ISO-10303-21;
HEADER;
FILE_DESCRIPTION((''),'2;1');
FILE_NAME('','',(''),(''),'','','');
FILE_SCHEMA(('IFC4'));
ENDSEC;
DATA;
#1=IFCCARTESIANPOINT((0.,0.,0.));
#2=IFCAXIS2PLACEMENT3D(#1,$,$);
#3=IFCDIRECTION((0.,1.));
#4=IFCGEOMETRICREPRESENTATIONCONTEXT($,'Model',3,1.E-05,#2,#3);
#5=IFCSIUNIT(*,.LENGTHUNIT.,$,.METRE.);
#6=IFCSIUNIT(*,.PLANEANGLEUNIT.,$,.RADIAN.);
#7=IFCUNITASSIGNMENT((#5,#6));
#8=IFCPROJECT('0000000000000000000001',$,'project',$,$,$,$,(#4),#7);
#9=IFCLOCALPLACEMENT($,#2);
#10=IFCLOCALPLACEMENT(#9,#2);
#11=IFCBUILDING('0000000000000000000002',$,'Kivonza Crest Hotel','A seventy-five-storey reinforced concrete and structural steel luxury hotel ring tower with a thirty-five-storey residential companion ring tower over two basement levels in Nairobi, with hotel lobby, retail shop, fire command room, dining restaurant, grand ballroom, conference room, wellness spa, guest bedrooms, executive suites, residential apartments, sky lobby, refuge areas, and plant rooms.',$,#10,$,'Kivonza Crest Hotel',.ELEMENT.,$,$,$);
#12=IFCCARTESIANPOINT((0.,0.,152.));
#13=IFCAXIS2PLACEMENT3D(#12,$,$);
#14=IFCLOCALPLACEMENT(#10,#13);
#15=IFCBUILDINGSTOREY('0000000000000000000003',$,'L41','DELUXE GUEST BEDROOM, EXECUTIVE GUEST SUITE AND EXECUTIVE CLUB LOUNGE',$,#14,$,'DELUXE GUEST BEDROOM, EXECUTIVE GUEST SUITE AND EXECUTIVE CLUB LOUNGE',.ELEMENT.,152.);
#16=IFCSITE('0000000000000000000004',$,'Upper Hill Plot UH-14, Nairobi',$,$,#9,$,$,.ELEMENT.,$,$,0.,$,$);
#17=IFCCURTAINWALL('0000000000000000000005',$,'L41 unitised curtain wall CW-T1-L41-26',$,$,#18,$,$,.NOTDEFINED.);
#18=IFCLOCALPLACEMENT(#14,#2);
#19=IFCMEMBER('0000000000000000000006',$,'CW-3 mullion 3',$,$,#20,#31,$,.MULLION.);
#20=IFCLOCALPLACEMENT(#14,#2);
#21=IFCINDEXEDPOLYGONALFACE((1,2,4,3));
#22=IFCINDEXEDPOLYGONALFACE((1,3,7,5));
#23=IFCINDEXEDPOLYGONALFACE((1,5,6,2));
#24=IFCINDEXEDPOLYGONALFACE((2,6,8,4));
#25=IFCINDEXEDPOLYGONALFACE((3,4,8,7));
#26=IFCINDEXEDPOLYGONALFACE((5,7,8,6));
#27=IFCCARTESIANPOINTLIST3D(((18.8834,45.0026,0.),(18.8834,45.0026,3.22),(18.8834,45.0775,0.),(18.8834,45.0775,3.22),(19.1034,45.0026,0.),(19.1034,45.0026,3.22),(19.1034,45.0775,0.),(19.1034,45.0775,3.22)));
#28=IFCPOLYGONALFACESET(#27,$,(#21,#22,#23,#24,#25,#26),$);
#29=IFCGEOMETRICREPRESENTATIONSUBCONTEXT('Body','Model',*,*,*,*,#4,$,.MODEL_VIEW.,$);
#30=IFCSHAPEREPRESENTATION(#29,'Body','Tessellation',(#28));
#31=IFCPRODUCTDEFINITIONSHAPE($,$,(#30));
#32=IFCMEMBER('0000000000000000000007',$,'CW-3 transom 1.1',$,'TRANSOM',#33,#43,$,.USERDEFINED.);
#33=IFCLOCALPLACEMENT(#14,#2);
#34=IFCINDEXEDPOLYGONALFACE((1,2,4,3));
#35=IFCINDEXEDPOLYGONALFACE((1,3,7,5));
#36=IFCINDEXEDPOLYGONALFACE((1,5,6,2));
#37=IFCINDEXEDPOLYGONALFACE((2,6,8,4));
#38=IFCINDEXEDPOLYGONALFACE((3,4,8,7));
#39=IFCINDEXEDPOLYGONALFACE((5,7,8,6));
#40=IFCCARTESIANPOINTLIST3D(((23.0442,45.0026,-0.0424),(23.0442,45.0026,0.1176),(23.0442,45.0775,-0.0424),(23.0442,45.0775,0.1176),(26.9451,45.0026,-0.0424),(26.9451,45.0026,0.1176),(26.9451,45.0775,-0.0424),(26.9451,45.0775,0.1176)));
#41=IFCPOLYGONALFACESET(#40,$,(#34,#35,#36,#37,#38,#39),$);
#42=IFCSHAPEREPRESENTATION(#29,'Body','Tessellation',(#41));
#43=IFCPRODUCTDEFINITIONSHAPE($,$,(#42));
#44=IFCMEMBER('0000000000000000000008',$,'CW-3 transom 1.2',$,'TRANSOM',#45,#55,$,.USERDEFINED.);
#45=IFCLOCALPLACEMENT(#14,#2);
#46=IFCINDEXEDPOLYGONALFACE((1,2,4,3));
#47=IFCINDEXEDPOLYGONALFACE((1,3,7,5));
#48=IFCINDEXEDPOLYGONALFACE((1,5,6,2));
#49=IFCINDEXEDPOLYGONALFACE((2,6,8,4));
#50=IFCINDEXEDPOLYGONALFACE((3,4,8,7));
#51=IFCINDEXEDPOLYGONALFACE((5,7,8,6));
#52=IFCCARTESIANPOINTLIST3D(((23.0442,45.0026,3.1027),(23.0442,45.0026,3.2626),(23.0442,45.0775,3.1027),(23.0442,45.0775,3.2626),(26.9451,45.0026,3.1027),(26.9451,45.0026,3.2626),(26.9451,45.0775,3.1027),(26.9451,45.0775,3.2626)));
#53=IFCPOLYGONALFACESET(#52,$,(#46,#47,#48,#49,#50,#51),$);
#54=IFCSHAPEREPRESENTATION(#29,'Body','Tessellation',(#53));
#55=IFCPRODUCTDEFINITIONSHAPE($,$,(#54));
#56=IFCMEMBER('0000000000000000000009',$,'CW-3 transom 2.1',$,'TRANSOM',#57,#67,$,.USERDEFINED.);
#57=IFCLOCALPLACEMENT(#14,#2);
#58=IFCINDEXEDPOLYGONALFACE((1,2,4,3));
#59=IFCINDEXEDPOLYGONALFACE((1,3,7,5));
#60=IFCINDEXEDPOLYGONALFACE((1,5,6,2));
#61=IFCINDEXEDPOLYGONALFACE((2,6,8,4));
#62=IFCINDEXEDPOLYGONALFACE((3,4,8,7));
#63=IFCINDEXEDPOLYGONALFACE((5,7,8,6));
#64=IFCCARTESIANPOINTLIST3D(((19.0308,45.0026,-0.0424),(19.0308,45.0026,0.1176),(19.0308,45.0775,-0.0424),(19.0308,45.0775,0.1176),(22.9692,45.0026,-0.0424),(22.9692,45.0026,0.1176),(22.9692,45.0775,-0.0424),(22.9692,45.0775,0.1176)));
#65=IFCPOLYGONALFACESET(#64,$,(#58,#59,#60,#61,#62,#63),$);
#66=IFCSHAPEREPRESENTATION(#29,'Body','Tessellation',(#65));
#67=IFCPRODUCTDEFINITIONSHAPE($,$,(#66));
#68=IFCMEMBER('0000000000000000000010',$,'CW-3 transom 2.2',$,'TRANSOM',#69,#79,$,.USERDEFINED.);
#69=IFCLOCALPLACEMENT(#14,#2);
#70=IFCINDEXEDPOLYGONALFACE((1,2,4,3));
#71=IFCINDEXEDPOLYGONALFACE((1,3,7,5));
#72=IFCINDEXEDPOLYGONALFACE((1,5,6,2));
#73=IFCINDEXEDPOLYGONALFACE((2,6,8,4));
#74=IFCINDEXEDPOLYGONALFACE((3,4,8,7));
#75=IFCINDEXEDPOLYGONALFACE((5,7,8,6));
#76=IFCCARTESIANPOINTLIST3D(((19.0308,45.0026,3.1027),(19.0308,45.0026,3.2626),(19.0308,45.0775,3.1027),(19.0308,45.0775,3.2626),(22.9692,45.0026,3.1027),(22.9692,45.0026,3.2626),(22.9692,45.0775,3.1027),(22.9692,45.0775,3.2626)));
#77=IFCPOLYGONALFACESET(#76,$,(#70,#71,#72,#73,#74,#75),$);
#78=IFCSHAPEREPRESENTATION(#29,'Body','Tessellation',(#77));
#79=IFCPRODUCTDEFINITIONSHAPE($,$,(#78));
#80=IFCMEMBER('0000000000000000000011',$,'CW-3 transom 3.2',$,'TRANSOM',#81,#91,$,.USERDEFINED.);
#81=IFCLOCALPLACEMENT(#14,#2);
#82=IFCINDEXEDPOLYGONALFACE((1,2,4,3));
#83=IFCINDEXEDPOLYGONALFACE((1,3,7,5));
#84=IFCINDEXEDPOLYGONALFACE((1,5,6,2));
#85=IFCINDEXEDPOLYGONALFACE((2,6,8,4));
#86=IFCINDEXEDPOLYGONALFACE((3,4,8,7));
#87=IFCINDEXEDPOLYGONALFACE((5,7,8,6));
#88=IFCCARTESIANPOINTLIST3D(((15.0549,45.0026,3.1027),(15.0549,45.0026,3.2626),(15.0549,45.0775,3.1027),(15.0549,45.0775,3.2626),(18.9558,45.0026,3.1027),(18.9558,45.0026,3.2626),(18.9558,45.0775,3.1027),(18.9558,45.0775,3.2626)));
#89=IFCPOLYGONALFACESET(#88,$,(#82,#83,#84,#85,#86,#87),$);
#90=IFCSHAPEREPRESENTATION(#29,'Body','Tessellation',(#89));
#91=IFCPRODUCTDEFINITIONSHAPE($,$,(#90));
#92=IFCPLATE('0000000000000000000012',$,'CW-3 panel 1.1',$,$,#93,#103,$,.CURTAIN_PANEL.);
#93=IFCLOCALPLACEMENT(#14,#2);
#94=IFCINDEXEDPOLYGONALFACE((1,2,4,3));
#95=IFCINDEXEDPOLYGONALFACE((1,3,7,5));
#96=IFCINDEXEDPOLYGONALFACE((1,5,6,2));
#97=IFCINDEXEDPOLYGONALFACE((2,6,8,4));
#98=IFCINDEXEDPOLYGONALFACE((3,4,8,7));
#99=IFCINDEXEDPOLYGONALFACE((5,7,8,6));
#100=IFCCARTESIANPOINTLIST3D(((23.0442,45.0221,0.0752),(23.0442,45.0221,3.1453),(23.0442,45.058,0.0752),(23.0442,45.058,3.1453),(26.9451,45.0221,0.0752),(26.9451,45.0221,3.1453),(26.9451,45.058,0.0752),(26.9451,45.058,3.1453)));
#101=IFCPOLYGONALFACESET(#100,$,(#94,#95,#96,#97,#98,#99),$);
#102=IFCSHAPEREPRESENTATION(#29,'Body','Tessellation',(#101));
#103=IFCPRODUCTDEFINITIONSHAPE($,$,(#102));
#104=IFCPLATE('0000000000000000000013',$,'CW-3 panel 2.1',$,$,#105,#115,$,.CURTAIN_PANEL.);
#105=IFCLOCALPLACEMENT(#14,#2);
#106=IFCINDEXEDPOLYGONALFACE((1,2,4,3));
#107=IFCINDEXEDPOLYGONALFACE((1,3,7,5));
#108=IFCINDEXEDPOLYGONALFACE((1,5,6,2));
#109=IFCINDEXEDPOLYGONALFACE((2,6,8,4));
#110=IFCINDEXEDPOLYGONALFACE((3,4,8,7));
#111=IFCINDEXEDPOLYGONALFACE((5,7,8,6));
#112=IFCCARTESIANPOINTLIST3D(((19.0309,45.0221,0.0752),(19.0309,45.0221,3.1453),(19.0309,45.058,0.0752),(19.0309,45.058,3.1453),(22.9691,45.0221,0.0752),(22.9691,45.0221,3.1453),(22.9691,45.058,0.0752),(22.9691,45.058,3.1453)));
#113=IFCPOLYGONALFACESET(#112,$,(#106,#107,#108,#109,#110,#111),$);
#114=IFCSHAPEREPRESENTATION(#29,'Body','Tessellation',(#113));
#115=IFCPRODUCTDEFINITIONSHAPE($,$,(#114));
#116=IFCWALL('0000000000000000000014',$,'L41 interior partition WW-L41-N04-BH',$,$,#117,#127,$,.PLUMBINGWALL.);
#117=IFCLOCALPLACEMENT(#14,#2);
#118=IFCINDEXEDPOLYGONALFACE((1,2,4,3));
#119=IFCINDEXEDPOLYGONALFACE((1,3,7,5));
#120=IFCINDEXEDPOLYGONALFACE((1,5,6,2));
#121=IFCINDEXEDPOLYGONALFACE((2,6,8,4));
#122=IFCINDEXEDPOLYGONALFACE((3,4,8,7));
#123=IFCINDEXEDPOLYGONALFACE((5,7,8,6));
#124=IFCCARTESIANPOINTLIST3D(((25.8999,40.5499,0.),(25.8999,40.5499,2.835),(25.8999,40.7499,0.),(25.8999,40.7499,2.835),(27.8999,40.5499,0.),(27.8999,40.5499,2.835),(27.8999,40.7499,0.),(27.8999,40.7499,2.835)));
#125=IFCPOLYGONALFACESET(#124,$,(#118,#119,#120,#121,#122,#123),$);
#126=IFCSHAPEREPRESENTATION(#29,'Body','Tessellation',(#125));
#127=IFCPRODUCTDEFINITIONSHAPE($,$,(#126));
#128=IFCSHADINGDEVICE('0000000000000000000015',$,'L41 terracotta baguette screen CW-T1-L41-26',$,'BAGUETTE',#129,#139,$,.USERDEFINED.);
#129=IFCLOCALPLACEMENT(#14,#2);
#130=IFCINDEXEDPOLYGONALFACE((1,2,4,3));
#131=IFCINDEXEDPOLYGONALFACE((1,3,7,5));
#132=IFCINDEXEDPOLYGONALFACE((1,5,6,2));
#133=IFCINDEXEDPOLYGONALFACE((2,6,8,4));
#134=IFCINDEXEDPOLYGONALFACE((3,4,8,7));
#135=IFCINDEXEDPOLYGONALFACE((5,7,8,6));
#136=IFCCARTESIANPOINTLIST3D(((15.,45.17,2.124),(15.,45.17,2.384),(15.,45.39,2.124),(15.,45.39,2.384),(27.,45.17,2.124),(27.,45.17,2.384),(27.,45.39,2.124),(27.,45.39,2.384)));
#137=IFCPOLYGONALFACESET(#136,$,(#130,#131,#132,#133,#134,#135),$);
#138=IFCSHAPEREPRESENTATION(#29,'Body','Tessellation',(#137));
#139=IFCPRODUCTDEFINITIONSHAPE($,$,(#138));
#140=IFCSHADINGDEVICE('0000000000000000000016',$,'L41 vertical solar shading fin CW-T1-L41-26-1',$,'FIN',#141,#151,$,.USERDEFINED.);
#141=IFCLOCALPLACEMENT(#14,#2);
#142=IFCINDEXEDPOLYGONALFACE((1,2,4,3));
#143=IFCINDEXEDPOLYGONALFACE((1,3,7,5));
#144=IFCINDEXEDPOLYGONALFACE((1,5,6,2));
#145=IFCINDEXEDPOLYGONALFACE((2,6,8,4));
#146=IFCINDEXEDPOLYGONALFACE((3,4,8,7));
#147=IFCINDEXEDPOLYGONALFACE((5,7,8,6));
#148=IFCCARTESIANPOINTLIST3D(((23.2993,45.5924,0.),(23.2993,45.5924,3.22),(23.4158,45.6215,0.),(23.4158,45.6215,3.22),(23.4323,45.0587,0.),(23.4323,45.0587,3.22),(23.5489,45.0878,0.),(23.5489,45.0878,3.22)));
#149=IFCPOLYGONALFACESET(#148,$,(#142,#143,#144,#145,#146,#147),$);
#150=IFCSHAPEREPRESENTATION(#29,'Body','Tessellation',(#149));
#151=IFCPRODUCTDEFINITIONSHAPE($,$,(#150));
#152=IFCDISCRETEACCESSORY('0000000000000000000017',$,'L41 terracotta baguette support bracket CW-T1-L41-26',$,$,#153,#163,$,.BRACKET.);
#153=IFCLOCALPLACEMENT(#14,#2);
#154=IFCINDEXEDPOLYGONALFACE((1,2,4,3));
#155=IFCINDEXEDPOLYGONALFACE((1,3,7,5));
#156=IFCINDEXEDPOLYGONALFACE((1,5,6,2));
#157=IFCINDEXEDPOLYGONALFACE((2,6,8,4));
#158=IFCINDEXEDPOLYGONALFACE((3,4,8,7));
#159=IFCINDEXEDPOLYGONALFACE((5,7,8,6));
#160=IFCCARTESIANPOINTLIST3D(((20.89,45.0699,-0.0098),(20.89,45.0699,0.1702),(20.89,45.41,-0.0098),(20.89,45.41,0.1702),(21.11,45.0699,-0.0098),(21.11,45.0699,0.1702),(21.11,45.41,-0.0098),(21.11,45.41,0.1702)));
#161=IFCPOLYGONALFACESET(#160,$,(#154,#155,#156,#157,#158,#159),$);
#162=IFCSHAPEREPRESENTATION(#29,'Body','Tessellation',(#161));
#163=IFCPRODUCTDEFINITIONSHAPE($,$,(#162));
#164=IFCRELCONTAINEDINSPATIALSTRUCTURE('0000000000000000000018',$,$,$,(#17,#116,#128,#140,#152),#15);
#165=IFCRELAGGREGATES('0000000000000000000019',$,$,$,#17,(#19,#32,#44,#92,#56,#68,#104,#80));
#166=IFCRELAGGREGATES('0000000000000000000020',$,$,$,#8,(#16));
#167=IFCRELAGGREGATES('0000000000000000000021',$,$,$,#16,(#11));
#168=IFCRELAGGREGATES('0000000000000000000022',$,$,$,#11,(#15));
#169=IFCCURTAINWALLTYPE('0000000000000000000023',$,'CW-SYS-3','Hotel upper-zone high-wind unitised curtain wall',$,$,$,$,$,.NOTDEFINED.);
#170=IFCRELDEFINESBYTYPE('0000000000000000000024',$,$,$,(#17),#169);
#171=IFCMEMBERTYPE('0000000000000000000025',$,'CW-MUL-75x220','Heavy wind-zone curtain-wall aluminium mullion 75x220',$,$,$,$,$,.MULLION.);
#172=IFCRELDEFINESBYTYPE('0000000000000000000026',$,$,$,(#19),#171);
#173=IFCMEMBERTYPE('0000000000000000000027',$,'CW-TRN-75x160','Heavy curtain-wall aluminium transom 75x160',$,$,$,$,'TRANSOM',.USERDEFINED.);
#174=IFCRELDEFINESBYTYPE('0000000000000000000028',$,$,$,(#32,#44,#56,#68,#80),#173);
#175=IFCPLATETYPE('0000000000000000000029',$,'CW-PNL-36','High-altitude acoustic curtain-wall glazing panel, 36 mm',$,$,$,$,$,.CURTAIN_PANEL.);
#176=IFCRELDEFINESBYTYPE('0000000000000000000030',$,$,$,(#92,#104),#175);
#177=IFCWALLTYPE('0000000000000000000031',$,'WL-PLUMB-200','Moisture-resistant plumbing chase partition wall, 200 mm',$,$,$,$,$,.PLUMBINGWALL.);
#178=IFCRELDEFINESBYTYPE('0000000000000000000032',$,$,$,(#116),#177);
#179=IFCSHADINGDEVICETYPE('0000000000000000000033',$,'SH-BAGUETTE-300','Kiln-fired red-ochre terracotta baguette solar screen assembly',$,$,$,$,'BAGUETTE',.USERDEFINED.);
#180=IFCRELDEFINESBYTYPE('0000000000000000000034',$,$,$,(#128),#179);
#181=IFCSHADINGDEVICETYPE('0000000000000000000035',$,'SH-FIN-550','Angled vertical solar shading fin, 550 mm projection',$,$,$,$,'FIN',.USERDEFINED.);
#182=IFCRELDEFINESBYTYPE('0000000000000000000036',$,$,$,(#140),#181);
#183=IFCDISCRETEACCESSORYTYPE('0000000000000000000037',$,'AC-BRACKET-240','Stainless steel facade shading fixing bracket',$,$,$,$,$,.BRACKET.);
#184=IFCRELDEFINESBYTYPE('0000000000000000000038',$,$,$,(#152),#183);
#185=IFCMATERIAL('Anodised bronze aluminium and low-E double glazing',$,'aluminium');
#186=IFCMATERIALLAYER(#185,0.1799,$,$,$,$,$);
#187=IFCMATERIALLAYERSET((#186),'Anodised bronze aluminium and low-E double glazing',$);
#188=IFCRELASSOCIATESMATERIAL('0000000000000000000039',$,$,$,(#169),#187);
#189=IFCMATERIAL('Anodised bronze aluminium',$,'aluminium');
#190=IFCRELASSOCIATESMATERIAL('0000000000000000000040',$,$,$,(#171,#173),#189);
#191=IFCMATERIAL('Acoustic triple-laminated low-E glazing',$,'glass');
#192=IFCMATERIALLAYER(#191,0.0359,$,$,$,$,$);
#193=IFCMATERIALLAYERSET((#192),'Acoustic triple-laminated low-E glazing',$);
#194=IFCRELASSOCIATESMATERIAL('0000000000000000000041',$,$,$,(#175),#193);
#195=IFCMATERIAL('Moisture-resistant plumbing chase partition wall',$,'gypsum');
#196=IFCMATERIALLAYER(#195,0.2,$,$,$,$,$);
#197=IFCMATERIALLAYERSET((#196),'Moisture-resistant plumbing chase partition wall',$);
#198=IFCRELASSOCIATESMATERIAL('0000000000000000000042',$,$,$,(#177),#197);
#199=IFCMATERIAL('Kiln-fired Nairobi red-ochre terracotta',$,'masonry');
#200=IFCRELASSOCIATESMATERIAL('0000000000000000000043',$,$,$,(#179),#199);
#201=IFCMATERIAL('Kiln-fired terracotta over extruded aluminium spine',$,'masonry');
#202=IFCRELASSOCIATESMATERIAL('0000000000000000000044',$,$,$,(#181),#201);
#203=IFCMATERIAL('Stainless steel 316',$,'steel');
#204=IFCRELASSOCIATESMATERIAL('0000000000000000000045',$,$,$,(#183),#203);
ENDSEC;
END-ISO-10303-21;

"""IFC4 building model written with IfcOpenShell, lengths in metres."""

from ifc_helpers import new_model, si_unit, direction, frame, frame_2d, origin, origin_2d, place, context, subcontext, project, spatial, rectangle, extrude, material, layer, layer_set, material_profile, profile_set, type_object, element, aggregate, save


model = new_model("IFC4")

# Units and contexts
model_context = context("Model", 3, precision=1e-05, world=origin(), true_north=direction((0.0, 1.0)))
body_context = subcontext(model_context, "Body", "Model", "MODEL_VIEW")
ifc_project = project(units=[si_unit("LENGTHUNIT", "METRE"), si_unit("PLANEANGLEUNIT", "RADIAN")], contexts=[model_context])

# Site, building, storey
site_placement = place(None, origin())
site = spatial("IfcSite", under=ifc_project, at=site_placement, Name="Upper Hill Plot UH-14, Nairobi", CompositionType="ELEMENT", RefElevation=0.0)
building_placement = place(site_placement, origin())
building = spatial("IfcBuilding", under=site, at=building_placement, Name="Kivonza Crest Hotel", Description="A seventy-five-storey reinforced concrete and structural steel luxury hotel ring tower with a thirty-five-storey residential companion ring tower over two basement levels in Nairobi, with hotel lobby, retail shop, fire command room, dining restaurant, grand ballroom, conference room, wellness spa, guest bedrooms, executive suites, residential apartments, sky lobby, refuge areas, and plant rooms.", LongName="Kivonza Crest Hotel", CompositionType="ELEMENT")
storey_placement = place(building_placement, frame((0.0, 0.0, 152.0)))
storey = spatial("IfcBuildingStorey", under=building, at=storey_placement, Name="L41", Description="DELUXE GUEST BEDROOM, EXECUTIVE GUEST SUITE AND EXECUTIVE CLUB LOUNGE", LongName="DELUXE GUEST BEDROOM, EXECUTIVE GUEST SUITE AND EXECUTIVE CLUB LOUNGE", CompositionType="ELEMENT", Elevation=152.0)

# Curtain wall, members, plates
ifc_material_1 = material(Name="Anodised bronze aluminium and low-E double glazing", Category="aluminium")
ifc_layer_1 = layer(ifc_material_1, 0.1799)
ifc_layer_set_1 = layer_set([ifc_layer_1], Name="Anodised bronze aluminium and low-E double glazing")
curtain_wall_type = type_object("IfcCurtainWallType", Name="CW-SYS-3", Description="Hotel upper-zone high-wind unitised curtain wall", PredefinedType="NOTDEFINED", material=ifc_layer_set_1)
curtain_wall_placement = place(storey_placement, origin())
curtain_wall = element("IfcCurtainWall", 1, at=curtain_wall_placement, inside=storey, type_object=curtain_wall_type, Name="L41 unitised curtain wall CW-T1-L41-26", PredefinedType="NOTDEFINED")
ifc_material_2 = material(Name="Anodised bronze aluminium", Category="aluminium")
ifc_material_profile_1 = material_profile(ifc_material_2, rectangle(XDim=0.075, YDim=0.22, at=origin_2d()), Name="CW-M 75x220")
ifc_profile_set_1 = profile_set([ifc_material_profile_1], Name="Anodised bronze aluminium")
member_type_1 = type_object("IfcMemberType", Name="CW-MUL-75x220", Description="Heavy wind-zone curtain-wall aluminium mullion 75x220", PredefinedType="MULLION", material=ifc_profile_set_1)
member_1_placement = place(storey_placement, frame((18.9934, 45.04, 0.0), z_axis=(0.0, 0.0, 1.0), x_axis=(0.0, -1.0, 0.0)))
member_1 = element("IfcMember", 2, at=member_1_placement, type_object=member_type_1, Name="CW-3 mullion 3", PredefinedType="MULLION", context=body_context, shape_type="SweptSolid", body=[
    extrude(rectangle(XDim=0.075, YDim=0.22, at=origin_2d()), origin(), (0.0, 0.0, 1.0), 3.22),
])
ifc_material_profile_2 = material_profile(ifc_material_2, rectangle(XDim=0.075, YDim=0.1599, at=origin_2d()), Name="CW-T 75x160")
ifc_profile_set_2 = profile_set([ifc_material_profile_2], Name="Anodised bronze aluminium")
member_type_2 = type_object("IfcMemberType", Name="CW-TRN-75x160", Description="Heavy curtain-wall aluminium transom 75x160", ElementType="TRANSOM", PredefinedType="USERDEFINED", material=ifc_profile_set_2)
member_2_placement = place(storey_placement, frame((26.9451, 45.04, 0.0376), z_axis=(-1.0, 0.0, 0.0), x_axis=(0.0, -1.0, 0.0)))
member_2 = element("IfcMember", 3, at=member_2_placement, type_object=member_type_2, Name="CW-3 transom 1.1", ObjectType="TRANSOM", PredefinedType="USERDEFINED", context=body_context, shape_type="SweptSolid", body=[
    extrude(rectangle(XDim=0.075, YDim=0.1599, at=origin_2d()), origin(), (0.0, 0.0, 1.0), 3.9009),
])
member_3_placement = place(storey_placement, frame((26.9451, 45.04, 3.1826), z_axis=(-1.0, 0.0, 0.0), x_axis=(0.0, -1.0, 0.0)))
member_3 = element("IfcMember", 4, at=member_3_placement, type_object=member_type_2, Name="CW-3 transom 1.2", ObjectType="TRANSOM", PredefinedType="USERDEFINED", context=body_context, shape_type="SweptSolid", body=[
    extrude(rectangle(XDim=0.075, YDim=0.1599, at=origin_2d()), origin(), (0.0, 0.0, 1.0), 3.9009),
])
member_4_placement = place(storey_placement, frame((22.9692, 45.04, 0.0376), z_axis=(-1.0, 0.0, 0.0), x_axis=(0.0, -1.0, 0.0)))
member_4 = element("IfcMember", 5, at=member_4_placement, type_object=member_type_2, Name="CW-3 transom 2.1", ObjectType="TRANSOM", PredefinedType="USERDEFINED", context=body_context, shape_type="SweptSolid", body=[
    extrude(rectangle(XDim=0.075, YDim=0.1599, at=origin_2d()), origin(), (0.0, 0.0, 1.0), 3.9385),
])
member_5_placement = place(storey_placement, frame((22.9692, 45.04, 3.1826), z_axis=(-1.0, 0.0, 0.0), x_axis=(0.0, -1.0, 0.0)))
member_5 = element("IfcMember", 6, at=member_5_placement, type_object=member_type_2, Name="CW-3 transom 2.2", ObjectType="TRANSOM", PredefinedType="USERDEFINED", context=body_context, shape_type="SweptSolid", body=[
    extrude(rectangle(XDim=0.075, YDim=0.1599, at=origin_2d()), origin(), (0.0, 0.0, 1.0), 3.9385),
])
member_6_placement = place(storey_placement, frame((18.9558, 45.04, 3.1826), z_axis=(-1.0, 0.0, 0.0), x_axis=(0.0, -1.0, 0.0)))
member_6 = element("IfcMember", 7, at=member_6_placement, type_object=member_type_2, Name="CW-3 transom 3.2", ObjectType="TRANSOM", PredefinedType="USERDEFINED", context=body_context, shape_type="SweptSolid", body=[
    extrude(rectangle(XDim=0.075, YDim=0.1599, at=origin_2d()), origin(), (0.0, 0.0, 1.0), 3.9009),
])
ifc_material_3 = material(Name="Acoustic triple-laminated low-E glazing", Category="glass")
ifc_layer_2 = layer(ifc_material_3, 0.0359)
ifc_layer_set_2 = layer_set([ifc_layer_2], Name="Acoustic triple-laminated low-E glazing")
plate_type = type_object("IfcPlateType", Name="CW-PNL-36", Description="High-altitude acoustic curtain-wall glazing panel, 36 mm", PredefinedType="CURTAIN_PANEL", material=ifc_layer_set_2)
plate_1_placement = place(storey_placement, frame((24.9946, 45.04, 0.0752), z_axis=(0.0, 0.0, 1.0), x_axis=(-1.0, 0.0, 0.0)))
plate_1 = element("IfcPlate", 8, at=plate_1_placement, type_object=plate_type, Name="CW-3 panel 1.1", PredefinedType="CURTAIN_PANEL", context=body_context, shape_type="SweptSolid", body=[
    extrude(rectangle(XDim=3.9009, YDim=0.0359, at=origin_2d()), origin(), (0.0, 0.0, 1.0), 3.0701),
])
plate_2_placement = place(storey_placement, frame((21.0, 45.04, 0.0752), z_axis=(0.0, 0.0, 1.0), x_axis=(-1.0, 0.0, 0.0)))
plate_2 = element("IfcPlate", 9, at=plate_2_placement, type_object=plate_type, Name="CW-3 panel 2.1", PredefinedType="CURTAIN_PANEL", context=body_context, shape_type="SweptSolid", body=[
    extrude(rectangle(XDim=3.9382, YDim=0.0359, at=origin_2d()), origin(), (0.0, 0.0, 1.0), 3.0701),
])
aggregate(curtain_wall, [member_1, member_2, member_3, plate_1, member_4, member_5, plate_2, member_6])

# Wall
ifc_material_4 = material(Name="Moisture-resistant plumbing chase partition wall", Category="gypsum")
ifc_layer_3 = layer(ifc_material_4, 0.2)
ifc_layer_set_3 = layer_set([ifc_layer_3], Name="Moisture-resistant plumbing chase partition wall")
wall_type = type_object("IfcWallType", Name="WL-PLUMB-200", Description="Moisture-resistant plumbing chase partition wall, 200 mm", PredefinedType="PLUMBINGWALL", material=ifc_layer_set_3)
wall_placement = place(storey_placement, frame((25.8999, 40.6499, 0.0), z_axis=(0.0, 0.0, 1.0), x_axis=(1.0, 0.0, 0.0)))
element("IfcWall", 10, at=wall_placement, inside=storey, type_object=wall_type, Name="L41 interior partition WW-L41-N04-BH", PredefinedType="PLUMBINGWALL", context=body_context, shape_type="SweptSolid", body=[
    extrude(rectangle(XDim=2.0, YDim=0.2, at=frame_2d((1.0, 0.0))), origin(), (0.0, 0.0, 1.0), 2.835),
])

# Shading devices
ifc_material_5 = material(Name="Kiln-fired Nairobi red-ochre terracotta", Category="masonry")
shading_device_type_1 = type_object("IfcShadingDeviceType", Name="SH-BAGUETTE-300", Description="Kiln-fired red-ochre terracotta baguette solar screen assembly", ElementType="BAGUETTE", PredefinedType="USERDEFINED", material=ifc_material_5)
shading_device_1_placement = place(storey_placement, frame((21.0, 45.28, 2.124), z_axis=(0.0, 0.0, 1.0), x_axis=(-1.0, 0.0, 0.0)))
element("IfcShadingDevice", 11, at=shading_device_1_placement, inside=storey, type_object=shading_device_type_1, Name="L41 terracotta baguette screen CW-T1-L41-26", ObjectType="BAGUETTE", PredefinedType="USERDEFINED", context=body_context, shape_type="SweptSolid", body=[
    extrude(rectangle(XDim=12.0, YDim=0.22, at=origin_2d()), origin(), (0.0, 0.0, 1.0), 0.26),
])
ifc_material_6 = material(Name="Kiln-fired terracotta over extruded aluminium spine", Category="masonry")
shading_device_type_2 = type_object("IfcShadingDeviceType", Name="SH-FIN-550", Description="Angled vertical solar shading fin, 550 mm projection", ElementType="FIN", PredefinedType="USERDEFINED", material=ifc_material_6)
shading_device_2_placement = place(storey_placement, frame((23.4241, 45.3401, 0.0), z_axis=(0.0, 0.0, 1.0), x_axis=(-0.970296, -0.241922, 0.0)))
element("IfcShadingDevice", 12, at=shading_device_2_placement, inside=storey, type_object=shading_device_type_2, Name="L41 vertical solar shading fin CW-T1-L41-26-1", ObjectType="FIN", PredefinedType="USERDEFINED", context=body_context, shape_type="SweptSolid", body=[
    extrude(rectangle(XDim=0.1201, YDim=0.55, at=origin_2d()), origin(), (0.0, 0.0, 1.0), 3.22),
])

# Discrete accessory
ifc_material_7 = material(Name="Stainless steel 316", Category="steel")
discrete_accessory_type = type_object("IfcDiscreteAccessoryType", Name="AC-BRACKET-240", Description="Stainless steel facade shading fixing bracket", PredefinedType="BRACKET", material=ifc_material_7)
discrete_accessory_placement = place(storey_placement, frame((21.0, 45.24, -0.0098), z_axis=(0.0, 0.0, 1.0), x_axis=(-1.0, 0.0, 0.0)))
element("IfcDiscreteAccessory", 13, at=discrete_accessory_placement, inside=storey, type_object=discrete_accessory_type, Name="L41 terracotta baguette support bracket CW-T1-L41-26", PredefinedType="BRACKET", context=body_context, shape_type="SweptSolid", body=[
    extrude(rectangle(XDim=0.22, YDim=0.3401, at=origin_2d()), origin(), (0.0, 0.0, 1.0), 0.1799),
])

save(model, "model.ifc")
